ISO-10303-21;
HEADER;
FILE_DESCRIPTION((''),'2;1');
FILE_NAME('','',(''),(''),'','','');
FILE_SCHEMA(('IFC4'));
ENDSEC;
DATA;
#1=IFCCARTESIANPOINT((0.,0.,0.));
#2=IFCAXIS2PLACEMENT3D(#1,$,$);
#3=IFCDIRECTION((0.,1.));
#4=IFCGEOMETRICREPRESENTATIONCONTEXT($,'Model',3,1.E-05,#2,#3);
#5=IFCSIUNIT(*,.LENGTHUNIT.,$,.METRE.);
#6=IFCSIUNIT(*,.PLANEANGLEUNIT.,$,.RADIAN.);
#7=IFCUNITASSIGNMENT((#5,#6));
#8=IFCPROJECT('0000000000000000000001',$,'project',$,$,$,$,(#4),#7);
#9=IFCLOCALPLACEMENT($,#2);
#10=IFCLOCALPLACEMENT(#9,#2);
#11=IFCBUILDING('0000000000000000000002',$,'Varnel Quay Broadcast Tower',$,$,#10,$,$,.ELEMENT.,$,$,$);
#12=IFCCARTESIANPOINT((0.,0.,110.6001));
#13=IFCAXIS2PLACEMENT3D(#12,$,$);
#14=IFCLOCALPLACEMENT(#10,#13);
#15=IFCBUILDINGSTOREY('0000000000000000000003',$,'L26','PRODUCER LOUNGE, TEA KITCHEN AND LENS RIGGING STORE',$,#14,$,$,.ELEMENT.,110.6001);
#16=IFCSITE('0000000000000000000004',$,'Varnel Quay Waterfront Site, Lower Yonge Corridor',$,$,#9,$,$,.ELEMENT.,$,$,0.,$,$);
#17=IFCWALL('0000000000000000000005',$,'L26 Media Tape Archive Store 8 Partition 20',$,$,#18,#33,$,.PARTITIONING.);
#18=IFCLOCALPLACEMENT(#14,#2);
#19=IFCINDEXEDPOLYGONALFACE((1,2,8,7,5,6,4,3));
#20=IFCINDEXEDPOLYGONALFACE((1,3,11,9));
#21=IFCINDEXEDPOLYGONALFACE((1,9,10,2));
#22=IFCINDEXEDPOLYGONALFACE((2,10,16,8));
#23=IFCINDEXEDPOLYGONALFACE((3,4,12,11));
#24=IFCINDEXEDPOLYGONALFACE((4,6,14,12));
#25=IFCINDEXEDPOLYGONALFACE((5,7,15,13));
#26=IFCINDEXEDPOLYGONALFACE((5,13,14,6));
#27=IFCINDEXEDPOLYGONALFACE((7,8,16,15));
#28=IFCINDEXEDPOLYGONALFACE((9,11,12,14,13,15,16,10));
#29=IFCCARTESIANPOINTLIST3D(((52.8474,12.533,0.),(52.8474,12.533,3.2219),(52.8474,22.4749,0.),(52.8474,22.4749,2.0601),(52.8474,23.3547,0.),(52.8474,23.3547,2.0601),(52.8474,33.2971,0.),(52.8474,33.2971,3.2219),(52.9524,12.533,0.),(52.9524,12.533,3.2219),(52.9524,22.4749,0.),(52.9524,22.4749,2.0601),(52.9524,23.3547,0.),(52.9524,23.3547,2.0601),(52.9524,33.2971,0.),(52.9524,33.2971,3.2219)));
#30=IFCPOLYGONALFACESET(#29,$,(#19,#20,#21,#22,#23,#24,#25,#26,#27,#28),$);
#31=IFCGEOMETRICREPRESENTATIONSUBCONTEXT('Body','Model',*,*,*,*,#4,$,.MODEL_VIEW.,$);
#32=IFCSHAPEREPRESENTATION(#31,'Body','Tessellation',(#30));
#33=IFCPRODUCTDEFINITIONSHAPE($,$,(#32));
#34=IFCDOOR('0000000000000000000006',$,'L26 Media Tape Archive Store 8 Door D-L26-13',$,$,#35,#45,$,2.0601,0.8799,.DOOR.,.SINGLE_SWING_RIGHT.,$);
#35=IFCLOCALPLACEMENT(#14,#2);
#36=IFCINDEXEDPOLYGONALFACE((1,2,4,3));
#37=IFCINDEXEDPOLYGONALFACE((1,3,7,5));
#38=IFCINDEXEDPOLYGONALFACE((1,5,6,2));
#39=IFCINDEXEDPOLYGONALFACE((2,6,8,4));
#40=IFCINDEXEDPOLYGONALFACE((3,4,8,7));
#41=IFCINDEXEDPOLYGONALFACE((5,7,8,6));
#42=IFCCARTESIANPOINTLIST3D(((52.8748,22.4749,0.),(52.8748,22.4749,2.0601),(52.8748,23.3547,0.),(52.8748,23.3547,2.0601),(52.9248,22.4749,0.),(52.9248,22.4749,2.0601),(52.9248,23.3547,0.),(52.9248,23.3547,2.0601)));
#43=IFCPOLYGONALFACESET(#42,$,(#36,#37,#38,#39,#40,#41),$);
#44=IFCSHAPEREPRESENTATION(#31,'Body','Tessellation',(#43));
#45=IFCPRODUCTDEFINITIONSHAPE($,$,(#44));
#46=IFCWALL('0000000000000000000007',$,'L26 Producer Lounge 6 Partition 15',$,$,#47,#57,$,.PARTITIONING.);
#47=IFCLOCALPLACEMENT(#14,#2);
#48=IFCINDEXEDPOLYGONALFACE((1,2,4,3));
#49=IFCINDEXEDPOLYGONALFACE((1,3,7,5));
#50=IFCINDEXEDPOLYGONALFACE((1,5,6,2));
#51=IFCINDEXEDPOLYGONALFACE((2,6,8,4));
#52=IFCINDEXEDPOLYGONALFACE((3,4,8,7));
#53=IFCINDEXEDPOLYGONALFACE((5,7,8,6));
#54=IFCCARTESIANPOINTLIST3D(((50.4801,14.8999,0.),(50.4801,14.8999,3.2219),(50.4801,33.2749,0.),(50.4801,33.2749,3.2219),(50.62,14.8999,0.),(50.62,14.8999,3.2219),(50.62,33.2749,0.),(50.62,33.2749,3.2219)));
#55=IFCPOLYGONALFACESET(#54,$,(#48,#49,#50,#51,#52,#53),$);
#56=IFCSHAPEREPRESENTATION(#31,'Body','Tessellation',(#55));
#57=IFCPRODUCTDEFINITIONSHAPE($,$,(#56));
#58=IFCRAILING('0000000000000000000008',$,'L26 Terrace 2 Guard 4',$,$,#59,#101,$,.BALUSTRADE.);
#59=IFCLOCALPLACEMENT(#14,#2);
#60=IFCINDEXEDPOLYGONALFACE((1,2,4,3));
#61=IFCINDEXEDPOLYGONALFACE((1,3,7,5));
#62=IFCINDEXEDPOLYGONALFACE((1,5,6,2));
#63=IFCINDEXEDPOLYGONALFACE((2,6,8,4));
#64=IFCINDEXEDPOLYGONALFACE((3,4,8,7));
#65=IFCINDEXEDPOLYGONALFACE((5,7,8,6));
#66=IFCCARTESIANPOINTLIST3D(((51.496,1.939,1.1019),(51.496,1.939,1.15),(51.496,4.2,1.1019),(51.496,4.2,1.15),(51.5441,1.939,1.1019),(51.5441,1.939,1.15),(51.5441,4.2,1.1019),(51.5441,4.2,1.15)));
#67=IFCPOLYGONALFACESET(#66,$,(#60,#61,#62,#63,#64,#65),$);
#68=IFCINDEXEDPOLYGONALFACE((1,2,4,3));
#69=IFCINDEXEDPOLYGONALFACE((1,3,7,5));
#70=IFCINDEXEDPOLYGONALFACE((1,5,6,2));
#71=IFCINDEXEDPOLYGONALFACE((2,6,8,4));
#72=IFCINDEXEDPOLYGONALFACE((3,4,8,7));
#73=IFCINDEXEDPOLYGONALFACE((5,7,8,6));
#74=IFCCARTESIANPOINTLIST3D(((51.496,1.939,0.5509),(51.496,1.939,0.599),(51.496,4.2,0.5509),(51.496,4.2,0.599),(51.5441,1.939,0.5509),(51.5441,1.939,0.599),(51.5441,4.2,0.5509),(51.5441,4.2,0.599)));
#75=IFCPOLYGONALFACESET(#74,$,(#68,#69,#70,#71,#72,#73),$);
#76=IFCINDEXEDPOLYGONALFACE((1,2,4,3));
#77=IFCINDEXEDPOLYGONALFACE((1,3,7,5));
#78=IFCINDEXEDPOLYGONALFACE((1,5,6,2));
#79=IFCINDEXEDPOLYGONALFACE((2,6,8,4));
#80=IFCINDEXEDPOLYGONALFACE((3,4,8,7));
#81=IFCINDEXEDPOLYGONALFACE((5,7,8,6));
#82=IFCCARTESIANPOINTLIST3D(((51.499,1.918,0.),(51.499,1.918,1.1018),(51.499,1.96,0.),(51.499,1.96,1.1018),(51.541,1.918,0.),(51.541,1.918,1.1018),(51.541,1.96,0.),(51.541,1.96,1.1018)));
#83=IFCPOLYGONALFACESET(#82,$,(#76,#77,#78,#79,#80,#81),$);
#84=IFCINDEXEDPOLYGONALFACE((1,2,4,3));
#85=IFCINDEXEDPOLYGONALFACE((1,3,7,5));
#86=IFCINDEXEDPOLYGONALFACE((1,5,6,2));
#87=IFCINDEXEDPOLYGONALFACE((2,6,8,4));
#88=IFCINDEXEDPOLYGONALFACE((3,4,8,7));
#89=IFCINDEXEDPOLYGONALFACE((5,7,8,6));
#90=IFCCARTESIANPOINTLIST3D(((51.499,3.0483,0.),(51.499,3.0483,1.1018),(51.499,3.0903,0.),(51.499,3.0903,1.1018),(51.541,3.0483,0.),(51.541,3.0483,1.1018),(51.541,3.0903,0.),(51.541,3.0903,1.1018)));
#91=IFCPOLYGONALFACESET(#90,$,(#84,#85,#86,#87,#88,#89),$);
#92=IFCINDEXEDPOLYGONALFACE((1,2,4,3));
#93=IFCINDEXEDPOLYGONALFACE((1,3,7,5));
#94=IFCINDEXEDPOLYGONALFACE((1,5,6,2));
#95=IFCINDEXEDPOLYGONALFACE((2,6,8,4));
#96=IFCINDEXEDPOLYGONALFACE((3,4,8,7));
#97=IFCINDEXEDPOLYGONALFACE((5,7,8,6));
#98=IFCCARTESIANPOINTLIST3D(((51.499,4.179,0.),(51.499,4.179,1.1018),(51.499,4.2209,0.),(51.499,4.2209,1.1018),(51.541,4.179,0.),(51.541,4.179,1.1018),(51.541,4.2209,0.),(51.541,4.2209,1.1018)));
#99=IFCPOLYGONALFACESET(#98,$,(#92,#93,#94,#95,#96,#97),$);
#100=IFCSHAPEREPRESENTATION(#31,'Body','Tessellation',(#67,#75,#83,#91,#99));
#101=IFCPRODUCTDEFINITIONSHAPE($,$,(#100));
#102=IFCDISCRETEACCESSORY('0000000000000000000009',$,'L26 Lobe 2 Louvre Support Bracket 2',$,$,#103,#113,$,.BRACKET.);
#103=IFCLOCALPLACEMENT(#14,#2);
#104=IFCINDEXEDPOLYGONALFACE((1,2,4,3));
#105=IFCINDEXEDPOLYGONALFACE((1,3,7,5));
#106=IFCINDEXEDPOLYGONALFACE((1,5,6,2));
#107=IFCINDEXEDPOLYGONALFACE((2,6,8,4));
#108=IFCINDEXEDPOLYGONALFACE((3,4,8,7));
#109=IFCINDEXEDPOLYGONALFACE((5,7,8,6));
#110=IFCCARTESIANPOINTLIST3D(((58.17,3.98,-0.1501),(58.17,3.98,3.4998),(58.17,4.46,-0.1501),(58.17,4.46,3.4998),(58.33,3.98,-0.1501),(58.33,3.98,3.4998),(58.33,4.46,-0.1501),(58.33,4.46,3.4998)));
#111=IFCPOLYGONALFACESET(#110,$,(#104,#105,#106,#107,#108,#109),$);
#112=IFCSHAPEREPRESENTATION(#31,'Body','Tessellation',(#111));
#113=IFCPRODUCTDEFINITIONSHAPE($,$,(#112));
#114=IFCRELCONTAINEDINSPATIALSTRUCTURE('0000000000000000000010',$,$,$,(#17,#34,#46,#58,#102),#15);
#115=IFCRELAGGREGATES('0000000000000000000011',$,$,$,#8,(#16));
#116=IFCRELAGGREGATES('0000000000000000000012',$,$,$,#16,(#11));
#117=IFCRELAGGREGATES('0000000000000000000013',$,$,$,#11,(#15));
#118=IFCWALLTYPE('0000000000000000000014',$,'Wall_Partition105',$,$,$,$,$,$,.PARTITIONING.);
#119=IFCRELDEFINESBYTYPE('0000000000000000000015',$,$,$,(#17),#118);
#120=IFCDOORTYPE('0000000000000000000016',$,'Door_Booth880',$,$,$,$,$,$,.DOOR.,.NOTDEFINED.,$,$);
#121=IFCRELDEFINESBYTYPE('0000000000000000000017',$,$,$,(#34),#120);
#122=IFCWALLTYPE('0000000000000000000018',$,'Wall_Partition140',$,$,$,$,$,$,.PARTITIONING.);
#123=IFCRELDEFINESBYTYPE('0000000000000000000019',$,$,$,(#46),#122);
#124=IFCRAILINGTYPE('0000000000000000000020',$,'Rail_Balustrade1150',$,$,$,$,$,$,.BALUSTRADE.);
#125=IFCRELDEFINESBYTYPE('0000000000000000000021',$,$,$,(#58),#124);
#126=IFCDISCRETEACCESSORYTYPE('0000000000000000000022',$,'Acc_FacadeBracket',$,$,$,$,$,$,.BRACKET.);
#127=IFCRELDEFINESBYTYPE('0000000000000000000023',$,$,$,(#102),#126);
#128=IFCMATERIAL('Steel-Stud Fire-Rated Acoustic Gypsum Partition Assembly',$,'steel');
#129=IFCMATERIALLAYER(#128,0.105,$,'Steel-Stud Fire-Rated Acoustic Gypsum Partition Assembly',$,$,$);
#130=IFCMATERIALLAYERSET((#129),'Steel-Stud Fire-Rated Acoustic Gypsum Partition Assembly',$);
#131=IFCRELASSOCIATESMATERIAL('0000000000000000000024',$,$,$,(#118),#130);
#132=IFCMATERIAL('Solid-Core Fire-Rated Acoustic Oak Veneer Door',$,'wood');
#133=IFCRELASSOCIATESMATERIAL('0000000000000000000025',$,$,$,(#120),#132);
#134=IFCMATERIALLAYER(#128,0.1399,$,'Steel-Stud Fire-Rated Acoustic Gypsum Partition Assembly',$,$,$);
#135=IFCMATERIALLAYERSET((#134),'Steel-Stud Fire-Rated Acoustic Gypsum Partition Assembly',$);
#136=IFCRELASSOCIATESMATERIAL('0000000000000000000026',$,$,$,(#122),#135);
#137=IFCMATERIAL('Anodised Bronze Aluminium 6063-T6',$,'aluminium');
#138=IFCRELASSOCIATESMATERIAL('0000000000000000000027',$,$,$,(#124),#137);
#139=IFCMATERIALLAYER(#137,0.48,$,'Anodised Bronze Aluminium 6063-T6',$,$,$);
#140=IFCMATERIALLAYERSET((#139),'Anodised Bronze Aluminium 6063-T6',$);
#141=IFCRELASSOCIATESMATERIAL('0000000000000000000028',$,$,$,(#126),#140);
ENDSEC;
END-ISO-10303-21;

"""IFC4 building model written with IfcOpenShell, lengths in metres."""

from ifc_helpers import new_model, si_unit, direction, frame, frame_2d, origin, origin_2d, place, context, subcontext, project, spatial, rectangle, extrude, source, transform, mapped, material, layer, layer_set, type_object, type_shapes, element, fill, save


model = new_model("IFC4")

# Units and contexts
model_context = context("Model", 3, precision=1e-05, world=origin(), true_north=direction((0.0, 1.0)))
body_context = subcontext(model_context, "Body", "Model", "MODEL_VIEW")
ifc_project = project(units=[si_unit("LENGTHUNIT", "METRE"), si_unit("PLANEANGLEUNIT", "RADIAN")], contexts=[model_context])

# Site, building, storey
site_placement = place(None, origin())
site = spatial("IfcSite", under=ifc_project, at=site_placement, Name="Varnel Quay Waterfront Site, Lower Yonge Corridor", CompositionType="ELEMENT", RefElevation=0.0)
building_placement = place(site_placement, origin())
building = spatial("IfcBuilding", under=site, at=building_placement, Name="Varnel Quay Broadcast Tower", CompositionType="ELEMENT")
storey_placement = place(building_placement, frame((0.0, 0.0, 110.6001)))
storey = spatial("IfcBuildingStorey", under=building, at=storey_placement, Name="L26", Description="PRODUCER LOUNGE, TEA KITCHEN AND LENS RIGGING STORE", CompositionType="ELEMENT", Elevation=110.6001)

# Shared definitions
ifc_material_1 = material(Name="Anodised Bronze Aluminium 6063-T6", Category="aluminium")

# Shared definitions
ifc_material_2 = material(Name="Steel-Stud Fire-Rated Acoustic Gypsum Partition Assembly", Category="steel")
ifc_layer_1 = layer(ifc_material_2, 0.105, Name="Steel-Stud Fire-Rated Acoustic Gypsum Partition Assembly")
ifc_layer_set_1 = layer_set([ifc_layer_1], Name="Steel-Stud Fire-Rated Acoustic Gypsum Partition Assembly")
wall_type_1 = type_object("IfcWallType", Name="Wall_Partition105", PredefinedType="PARTITIONING", material=ifc_layer_set_1)

# Wall, opening, door
wall_1_placement = place(storey_placement, frame((52.8999, 12.533, 0.0), z_axis=(0.0, 0.0, 1.0), x_axis=(0.0, 1.0, 0.0)))
wall_1 = element("IfcWall", 1, at=wall_1_placement, inside=storey, type_object=wall_type_1, Name="L26 Media Tape Archive Store 8 Partition 20", PredefinedType="PARTITIONING", context=body_context, shape_type="SweptSolid", body=[
    extrude(rectangle(XDim=20.7642, YDim=0.105, at=frame_2d((10.3821, 0.0))), origin(), (0.0, 0.0, 1.0), 3.2219),
])
opening_placement = place(wall_1_placement, frame((9.9419, 0.0, 0.0)))
opening = element("IfcOpeningElement", 2, at=opening_placement, cuts=wall_1, PredefinedType="OPENING", context=body_context, shape_type="SweptSolid", body=[
    extrude(rectangle(XDim=0.8799, YDim=2.0601, at=frame_2d((0.4399, 1.03))), frame((0.0, 0.0625, 0.0), z_axis=(0.0, -1.0, 0.0), x_axis=(1.0, 0.0, 0.0)), (0.0, 0.0, 1.0), 0.125),
])
ifc_material_3 = material(Name="Solid-Core Fire-Rated Acoustic Oak Veneer Door", Category="wood")
door_type = type_object("IfcDoorType", Name="Door_Booth880", OperationType="NOTDEFINED", PredefinedType="DOOR", material=ifc_material_3)
shared_shape_1 = source(origin(), body_context, "Body", "SweptSolid", [
    extrude(rectangle(XDim=0.8799, YDim=2.0601, at=frame_2d((0.4399, 1.03))), frame((0.0, 0.0249, 0.0), z_axis=(0.0, -1.0, 0.0), x_axis=(1.0, 0.0, 0.0)), (0.0, 0.0, 1.0), 0.05),
])
type_shapes(door_type, [shared_shape_1])
door_placement = place(opening_placement, frame((0.8799, 0.0, 0.0), z_axis=(0.0, 0.0, 1.0), x_axis=(-1.0, 0.0, 0.0)))
door = element("IfcDoor", 3, at=door_placement, inside=storey, type_object=door_type, Name="L26 Media Tape Archive Store 8 Door D-L26-13", OperationType="SINGLE_SWING_RIGHT", OverallHeight=2.0601, OverallWidth=0.8799, PredefinedType="DOOR", context=body_context, shape_type="MappedRepresentation", body=[
    mapped(shared_shape_1, transform((0.0, 0.0, 0.0), x_axis=(1.0, 0.0, 0.0), y_axis=(0.0, 1.0, 0.0), z_axis=(0.0, 0.0, 1.0), scale=1.0)),
])
fill(opening, door)

# Wall
ifc_layer_2 = layer(ifc_material_2, 0.1399, Name="Steel-Stud Fire-Rated Acoustic Gypsum Partition Assembly")
ifc_layer_set_2 = layer_set([ifc_layer_2], Name="Steel-Stud Fire-Rated Acoustic Gypsum Partition Assembly")
wall_type_2 = type_object("IfcWallType", Name="Wall_Partition140", PredefinedType="PARTITIONING", material=ifc_layer_set_2)
wall_2_placement = place(storey_placement, frame((50.55, 14.8999, 0.0), z_axis=(0.0, 0.0, 1.0), x_axis=(0.0, 1.0, 0.0)))
element("IfcWall", 4, at=wall_2_placement, inside=storey, type_object=wall_type_2, Name="L26 Producer Lounge 6 Partition 15", PredefinedType="PARTITIONING", context=body_context, shape_type="SweptSolid", body=[
    extrude(rectangle(XDim=18.375, YDim=0.1399, at=frame_2d((9.1875, 0.0))), origin(), (0.0, 0.0, 1.0), 3.2219),
])

# Railing
railing_type = type_object("IfcRailingType", Name="Rail_Balustrade1150", PredefinedType="BALUSTRADE", material=ifc_material_1)
railing_placement = place(storey_placement, frame((51.52, 1.939, 0.0)))
element("IfcRailing", 5, at=railing_placement, inside=storey, type_object=railing_type, Name="L26 Terrace 2 Guard 4", PredefinedType="BALUSTRADE", context=body_context, shape_type="SweptSolid", body=[
    extrude(rectangle(XDim=0.0481, YDim=0.0481, at=origin_2d()), frame((0.0, 0.0, 1.126), z_axis=(0.0, 1.0, 0.0), x_axis=(-1.0, 0.0, 0.0)), (0.0, 0.0, 1.0), 2.261),
    extrude(rectangle(XDim=0.0481, YDim=0.0481, at=origin_2d()), frame((0.0, 0.0, 0.575), z_axis=(0.0, 1.0, 0.0), x_axis=(-1.0, 0.0, 0.0)), (0.0, 0.0, 1.0), 2.261),
    extrude(rectangle(XDim=0.042, YDim=0.042, at=origin_2d()), origin(), (0.0, 0.0, 1.0), 1.1018),
    extrude(rectangle(XDim=0.042, YDim=0.042, at=origin_2d()), frame((0.0, 1.1304, 0.0)), (0.0, 0.0, 1.0), 1.1018),
    extrude(rectangle(XDim=0.042, YDim=0.042, at=origin_2d()), frame((0.0, 2.261, 0.0)), (0.0, 0.0, 1.0), 1.1018),
])

# Discrete accessory
ifc_layer_3 = layer(ifc_material_1, 0.48, Name="Anodised Bronze Aluminium 6063-T6")
ifc_layer_set_3 = layer_set([ifc_layer_3], Name="Anodised Bronze Aluminium 6063-T6")
discrete_accessory_type = type_object("IfcDiscreteAccessoryType", Name="Acc_FacadeBracket", PredefinedType="BRACKET", material=ifc_layer_set_3)
shared_shape_2 = source(origin(), body_context, "Body", "SweptSolid", [
    extrude(rectangle(XDim=0.1599, YDim=0.48, at=origin_2d()), origin(), (0.0, 0.0, 1.0), 3.6499),
])
type_shapes(discrete_accessory_type, [shared_shape_2])
discrete_accessory_placement = place(storey_placement, frame((58.25, 4.22, -0.1501), z_axis=(0.0, 0.0, 1.0), x_axis=(1.0, 0.0, 0.0)))
element("IfcDiscreteAccessory", 6, at=discrete_accessory_placement, inside=storey, type_object=discrete_accessory_type, Name="L26 Lobe 2 Louvre Support Bracket 2", PredefinedType="BRACKET", context=body_context, shape_type="MappedRepresentation", body=[
    mapped(shared_shape_2, transform((0.0, 0.0, 0.0), x_axis=(1.0, 0.0, 0.0), y_axis=(0.0, 1.0, 0.0), z_axis=(0.0, 0.0, 1.0), scale=1.0)),
])

save(model, "model.ifc")
